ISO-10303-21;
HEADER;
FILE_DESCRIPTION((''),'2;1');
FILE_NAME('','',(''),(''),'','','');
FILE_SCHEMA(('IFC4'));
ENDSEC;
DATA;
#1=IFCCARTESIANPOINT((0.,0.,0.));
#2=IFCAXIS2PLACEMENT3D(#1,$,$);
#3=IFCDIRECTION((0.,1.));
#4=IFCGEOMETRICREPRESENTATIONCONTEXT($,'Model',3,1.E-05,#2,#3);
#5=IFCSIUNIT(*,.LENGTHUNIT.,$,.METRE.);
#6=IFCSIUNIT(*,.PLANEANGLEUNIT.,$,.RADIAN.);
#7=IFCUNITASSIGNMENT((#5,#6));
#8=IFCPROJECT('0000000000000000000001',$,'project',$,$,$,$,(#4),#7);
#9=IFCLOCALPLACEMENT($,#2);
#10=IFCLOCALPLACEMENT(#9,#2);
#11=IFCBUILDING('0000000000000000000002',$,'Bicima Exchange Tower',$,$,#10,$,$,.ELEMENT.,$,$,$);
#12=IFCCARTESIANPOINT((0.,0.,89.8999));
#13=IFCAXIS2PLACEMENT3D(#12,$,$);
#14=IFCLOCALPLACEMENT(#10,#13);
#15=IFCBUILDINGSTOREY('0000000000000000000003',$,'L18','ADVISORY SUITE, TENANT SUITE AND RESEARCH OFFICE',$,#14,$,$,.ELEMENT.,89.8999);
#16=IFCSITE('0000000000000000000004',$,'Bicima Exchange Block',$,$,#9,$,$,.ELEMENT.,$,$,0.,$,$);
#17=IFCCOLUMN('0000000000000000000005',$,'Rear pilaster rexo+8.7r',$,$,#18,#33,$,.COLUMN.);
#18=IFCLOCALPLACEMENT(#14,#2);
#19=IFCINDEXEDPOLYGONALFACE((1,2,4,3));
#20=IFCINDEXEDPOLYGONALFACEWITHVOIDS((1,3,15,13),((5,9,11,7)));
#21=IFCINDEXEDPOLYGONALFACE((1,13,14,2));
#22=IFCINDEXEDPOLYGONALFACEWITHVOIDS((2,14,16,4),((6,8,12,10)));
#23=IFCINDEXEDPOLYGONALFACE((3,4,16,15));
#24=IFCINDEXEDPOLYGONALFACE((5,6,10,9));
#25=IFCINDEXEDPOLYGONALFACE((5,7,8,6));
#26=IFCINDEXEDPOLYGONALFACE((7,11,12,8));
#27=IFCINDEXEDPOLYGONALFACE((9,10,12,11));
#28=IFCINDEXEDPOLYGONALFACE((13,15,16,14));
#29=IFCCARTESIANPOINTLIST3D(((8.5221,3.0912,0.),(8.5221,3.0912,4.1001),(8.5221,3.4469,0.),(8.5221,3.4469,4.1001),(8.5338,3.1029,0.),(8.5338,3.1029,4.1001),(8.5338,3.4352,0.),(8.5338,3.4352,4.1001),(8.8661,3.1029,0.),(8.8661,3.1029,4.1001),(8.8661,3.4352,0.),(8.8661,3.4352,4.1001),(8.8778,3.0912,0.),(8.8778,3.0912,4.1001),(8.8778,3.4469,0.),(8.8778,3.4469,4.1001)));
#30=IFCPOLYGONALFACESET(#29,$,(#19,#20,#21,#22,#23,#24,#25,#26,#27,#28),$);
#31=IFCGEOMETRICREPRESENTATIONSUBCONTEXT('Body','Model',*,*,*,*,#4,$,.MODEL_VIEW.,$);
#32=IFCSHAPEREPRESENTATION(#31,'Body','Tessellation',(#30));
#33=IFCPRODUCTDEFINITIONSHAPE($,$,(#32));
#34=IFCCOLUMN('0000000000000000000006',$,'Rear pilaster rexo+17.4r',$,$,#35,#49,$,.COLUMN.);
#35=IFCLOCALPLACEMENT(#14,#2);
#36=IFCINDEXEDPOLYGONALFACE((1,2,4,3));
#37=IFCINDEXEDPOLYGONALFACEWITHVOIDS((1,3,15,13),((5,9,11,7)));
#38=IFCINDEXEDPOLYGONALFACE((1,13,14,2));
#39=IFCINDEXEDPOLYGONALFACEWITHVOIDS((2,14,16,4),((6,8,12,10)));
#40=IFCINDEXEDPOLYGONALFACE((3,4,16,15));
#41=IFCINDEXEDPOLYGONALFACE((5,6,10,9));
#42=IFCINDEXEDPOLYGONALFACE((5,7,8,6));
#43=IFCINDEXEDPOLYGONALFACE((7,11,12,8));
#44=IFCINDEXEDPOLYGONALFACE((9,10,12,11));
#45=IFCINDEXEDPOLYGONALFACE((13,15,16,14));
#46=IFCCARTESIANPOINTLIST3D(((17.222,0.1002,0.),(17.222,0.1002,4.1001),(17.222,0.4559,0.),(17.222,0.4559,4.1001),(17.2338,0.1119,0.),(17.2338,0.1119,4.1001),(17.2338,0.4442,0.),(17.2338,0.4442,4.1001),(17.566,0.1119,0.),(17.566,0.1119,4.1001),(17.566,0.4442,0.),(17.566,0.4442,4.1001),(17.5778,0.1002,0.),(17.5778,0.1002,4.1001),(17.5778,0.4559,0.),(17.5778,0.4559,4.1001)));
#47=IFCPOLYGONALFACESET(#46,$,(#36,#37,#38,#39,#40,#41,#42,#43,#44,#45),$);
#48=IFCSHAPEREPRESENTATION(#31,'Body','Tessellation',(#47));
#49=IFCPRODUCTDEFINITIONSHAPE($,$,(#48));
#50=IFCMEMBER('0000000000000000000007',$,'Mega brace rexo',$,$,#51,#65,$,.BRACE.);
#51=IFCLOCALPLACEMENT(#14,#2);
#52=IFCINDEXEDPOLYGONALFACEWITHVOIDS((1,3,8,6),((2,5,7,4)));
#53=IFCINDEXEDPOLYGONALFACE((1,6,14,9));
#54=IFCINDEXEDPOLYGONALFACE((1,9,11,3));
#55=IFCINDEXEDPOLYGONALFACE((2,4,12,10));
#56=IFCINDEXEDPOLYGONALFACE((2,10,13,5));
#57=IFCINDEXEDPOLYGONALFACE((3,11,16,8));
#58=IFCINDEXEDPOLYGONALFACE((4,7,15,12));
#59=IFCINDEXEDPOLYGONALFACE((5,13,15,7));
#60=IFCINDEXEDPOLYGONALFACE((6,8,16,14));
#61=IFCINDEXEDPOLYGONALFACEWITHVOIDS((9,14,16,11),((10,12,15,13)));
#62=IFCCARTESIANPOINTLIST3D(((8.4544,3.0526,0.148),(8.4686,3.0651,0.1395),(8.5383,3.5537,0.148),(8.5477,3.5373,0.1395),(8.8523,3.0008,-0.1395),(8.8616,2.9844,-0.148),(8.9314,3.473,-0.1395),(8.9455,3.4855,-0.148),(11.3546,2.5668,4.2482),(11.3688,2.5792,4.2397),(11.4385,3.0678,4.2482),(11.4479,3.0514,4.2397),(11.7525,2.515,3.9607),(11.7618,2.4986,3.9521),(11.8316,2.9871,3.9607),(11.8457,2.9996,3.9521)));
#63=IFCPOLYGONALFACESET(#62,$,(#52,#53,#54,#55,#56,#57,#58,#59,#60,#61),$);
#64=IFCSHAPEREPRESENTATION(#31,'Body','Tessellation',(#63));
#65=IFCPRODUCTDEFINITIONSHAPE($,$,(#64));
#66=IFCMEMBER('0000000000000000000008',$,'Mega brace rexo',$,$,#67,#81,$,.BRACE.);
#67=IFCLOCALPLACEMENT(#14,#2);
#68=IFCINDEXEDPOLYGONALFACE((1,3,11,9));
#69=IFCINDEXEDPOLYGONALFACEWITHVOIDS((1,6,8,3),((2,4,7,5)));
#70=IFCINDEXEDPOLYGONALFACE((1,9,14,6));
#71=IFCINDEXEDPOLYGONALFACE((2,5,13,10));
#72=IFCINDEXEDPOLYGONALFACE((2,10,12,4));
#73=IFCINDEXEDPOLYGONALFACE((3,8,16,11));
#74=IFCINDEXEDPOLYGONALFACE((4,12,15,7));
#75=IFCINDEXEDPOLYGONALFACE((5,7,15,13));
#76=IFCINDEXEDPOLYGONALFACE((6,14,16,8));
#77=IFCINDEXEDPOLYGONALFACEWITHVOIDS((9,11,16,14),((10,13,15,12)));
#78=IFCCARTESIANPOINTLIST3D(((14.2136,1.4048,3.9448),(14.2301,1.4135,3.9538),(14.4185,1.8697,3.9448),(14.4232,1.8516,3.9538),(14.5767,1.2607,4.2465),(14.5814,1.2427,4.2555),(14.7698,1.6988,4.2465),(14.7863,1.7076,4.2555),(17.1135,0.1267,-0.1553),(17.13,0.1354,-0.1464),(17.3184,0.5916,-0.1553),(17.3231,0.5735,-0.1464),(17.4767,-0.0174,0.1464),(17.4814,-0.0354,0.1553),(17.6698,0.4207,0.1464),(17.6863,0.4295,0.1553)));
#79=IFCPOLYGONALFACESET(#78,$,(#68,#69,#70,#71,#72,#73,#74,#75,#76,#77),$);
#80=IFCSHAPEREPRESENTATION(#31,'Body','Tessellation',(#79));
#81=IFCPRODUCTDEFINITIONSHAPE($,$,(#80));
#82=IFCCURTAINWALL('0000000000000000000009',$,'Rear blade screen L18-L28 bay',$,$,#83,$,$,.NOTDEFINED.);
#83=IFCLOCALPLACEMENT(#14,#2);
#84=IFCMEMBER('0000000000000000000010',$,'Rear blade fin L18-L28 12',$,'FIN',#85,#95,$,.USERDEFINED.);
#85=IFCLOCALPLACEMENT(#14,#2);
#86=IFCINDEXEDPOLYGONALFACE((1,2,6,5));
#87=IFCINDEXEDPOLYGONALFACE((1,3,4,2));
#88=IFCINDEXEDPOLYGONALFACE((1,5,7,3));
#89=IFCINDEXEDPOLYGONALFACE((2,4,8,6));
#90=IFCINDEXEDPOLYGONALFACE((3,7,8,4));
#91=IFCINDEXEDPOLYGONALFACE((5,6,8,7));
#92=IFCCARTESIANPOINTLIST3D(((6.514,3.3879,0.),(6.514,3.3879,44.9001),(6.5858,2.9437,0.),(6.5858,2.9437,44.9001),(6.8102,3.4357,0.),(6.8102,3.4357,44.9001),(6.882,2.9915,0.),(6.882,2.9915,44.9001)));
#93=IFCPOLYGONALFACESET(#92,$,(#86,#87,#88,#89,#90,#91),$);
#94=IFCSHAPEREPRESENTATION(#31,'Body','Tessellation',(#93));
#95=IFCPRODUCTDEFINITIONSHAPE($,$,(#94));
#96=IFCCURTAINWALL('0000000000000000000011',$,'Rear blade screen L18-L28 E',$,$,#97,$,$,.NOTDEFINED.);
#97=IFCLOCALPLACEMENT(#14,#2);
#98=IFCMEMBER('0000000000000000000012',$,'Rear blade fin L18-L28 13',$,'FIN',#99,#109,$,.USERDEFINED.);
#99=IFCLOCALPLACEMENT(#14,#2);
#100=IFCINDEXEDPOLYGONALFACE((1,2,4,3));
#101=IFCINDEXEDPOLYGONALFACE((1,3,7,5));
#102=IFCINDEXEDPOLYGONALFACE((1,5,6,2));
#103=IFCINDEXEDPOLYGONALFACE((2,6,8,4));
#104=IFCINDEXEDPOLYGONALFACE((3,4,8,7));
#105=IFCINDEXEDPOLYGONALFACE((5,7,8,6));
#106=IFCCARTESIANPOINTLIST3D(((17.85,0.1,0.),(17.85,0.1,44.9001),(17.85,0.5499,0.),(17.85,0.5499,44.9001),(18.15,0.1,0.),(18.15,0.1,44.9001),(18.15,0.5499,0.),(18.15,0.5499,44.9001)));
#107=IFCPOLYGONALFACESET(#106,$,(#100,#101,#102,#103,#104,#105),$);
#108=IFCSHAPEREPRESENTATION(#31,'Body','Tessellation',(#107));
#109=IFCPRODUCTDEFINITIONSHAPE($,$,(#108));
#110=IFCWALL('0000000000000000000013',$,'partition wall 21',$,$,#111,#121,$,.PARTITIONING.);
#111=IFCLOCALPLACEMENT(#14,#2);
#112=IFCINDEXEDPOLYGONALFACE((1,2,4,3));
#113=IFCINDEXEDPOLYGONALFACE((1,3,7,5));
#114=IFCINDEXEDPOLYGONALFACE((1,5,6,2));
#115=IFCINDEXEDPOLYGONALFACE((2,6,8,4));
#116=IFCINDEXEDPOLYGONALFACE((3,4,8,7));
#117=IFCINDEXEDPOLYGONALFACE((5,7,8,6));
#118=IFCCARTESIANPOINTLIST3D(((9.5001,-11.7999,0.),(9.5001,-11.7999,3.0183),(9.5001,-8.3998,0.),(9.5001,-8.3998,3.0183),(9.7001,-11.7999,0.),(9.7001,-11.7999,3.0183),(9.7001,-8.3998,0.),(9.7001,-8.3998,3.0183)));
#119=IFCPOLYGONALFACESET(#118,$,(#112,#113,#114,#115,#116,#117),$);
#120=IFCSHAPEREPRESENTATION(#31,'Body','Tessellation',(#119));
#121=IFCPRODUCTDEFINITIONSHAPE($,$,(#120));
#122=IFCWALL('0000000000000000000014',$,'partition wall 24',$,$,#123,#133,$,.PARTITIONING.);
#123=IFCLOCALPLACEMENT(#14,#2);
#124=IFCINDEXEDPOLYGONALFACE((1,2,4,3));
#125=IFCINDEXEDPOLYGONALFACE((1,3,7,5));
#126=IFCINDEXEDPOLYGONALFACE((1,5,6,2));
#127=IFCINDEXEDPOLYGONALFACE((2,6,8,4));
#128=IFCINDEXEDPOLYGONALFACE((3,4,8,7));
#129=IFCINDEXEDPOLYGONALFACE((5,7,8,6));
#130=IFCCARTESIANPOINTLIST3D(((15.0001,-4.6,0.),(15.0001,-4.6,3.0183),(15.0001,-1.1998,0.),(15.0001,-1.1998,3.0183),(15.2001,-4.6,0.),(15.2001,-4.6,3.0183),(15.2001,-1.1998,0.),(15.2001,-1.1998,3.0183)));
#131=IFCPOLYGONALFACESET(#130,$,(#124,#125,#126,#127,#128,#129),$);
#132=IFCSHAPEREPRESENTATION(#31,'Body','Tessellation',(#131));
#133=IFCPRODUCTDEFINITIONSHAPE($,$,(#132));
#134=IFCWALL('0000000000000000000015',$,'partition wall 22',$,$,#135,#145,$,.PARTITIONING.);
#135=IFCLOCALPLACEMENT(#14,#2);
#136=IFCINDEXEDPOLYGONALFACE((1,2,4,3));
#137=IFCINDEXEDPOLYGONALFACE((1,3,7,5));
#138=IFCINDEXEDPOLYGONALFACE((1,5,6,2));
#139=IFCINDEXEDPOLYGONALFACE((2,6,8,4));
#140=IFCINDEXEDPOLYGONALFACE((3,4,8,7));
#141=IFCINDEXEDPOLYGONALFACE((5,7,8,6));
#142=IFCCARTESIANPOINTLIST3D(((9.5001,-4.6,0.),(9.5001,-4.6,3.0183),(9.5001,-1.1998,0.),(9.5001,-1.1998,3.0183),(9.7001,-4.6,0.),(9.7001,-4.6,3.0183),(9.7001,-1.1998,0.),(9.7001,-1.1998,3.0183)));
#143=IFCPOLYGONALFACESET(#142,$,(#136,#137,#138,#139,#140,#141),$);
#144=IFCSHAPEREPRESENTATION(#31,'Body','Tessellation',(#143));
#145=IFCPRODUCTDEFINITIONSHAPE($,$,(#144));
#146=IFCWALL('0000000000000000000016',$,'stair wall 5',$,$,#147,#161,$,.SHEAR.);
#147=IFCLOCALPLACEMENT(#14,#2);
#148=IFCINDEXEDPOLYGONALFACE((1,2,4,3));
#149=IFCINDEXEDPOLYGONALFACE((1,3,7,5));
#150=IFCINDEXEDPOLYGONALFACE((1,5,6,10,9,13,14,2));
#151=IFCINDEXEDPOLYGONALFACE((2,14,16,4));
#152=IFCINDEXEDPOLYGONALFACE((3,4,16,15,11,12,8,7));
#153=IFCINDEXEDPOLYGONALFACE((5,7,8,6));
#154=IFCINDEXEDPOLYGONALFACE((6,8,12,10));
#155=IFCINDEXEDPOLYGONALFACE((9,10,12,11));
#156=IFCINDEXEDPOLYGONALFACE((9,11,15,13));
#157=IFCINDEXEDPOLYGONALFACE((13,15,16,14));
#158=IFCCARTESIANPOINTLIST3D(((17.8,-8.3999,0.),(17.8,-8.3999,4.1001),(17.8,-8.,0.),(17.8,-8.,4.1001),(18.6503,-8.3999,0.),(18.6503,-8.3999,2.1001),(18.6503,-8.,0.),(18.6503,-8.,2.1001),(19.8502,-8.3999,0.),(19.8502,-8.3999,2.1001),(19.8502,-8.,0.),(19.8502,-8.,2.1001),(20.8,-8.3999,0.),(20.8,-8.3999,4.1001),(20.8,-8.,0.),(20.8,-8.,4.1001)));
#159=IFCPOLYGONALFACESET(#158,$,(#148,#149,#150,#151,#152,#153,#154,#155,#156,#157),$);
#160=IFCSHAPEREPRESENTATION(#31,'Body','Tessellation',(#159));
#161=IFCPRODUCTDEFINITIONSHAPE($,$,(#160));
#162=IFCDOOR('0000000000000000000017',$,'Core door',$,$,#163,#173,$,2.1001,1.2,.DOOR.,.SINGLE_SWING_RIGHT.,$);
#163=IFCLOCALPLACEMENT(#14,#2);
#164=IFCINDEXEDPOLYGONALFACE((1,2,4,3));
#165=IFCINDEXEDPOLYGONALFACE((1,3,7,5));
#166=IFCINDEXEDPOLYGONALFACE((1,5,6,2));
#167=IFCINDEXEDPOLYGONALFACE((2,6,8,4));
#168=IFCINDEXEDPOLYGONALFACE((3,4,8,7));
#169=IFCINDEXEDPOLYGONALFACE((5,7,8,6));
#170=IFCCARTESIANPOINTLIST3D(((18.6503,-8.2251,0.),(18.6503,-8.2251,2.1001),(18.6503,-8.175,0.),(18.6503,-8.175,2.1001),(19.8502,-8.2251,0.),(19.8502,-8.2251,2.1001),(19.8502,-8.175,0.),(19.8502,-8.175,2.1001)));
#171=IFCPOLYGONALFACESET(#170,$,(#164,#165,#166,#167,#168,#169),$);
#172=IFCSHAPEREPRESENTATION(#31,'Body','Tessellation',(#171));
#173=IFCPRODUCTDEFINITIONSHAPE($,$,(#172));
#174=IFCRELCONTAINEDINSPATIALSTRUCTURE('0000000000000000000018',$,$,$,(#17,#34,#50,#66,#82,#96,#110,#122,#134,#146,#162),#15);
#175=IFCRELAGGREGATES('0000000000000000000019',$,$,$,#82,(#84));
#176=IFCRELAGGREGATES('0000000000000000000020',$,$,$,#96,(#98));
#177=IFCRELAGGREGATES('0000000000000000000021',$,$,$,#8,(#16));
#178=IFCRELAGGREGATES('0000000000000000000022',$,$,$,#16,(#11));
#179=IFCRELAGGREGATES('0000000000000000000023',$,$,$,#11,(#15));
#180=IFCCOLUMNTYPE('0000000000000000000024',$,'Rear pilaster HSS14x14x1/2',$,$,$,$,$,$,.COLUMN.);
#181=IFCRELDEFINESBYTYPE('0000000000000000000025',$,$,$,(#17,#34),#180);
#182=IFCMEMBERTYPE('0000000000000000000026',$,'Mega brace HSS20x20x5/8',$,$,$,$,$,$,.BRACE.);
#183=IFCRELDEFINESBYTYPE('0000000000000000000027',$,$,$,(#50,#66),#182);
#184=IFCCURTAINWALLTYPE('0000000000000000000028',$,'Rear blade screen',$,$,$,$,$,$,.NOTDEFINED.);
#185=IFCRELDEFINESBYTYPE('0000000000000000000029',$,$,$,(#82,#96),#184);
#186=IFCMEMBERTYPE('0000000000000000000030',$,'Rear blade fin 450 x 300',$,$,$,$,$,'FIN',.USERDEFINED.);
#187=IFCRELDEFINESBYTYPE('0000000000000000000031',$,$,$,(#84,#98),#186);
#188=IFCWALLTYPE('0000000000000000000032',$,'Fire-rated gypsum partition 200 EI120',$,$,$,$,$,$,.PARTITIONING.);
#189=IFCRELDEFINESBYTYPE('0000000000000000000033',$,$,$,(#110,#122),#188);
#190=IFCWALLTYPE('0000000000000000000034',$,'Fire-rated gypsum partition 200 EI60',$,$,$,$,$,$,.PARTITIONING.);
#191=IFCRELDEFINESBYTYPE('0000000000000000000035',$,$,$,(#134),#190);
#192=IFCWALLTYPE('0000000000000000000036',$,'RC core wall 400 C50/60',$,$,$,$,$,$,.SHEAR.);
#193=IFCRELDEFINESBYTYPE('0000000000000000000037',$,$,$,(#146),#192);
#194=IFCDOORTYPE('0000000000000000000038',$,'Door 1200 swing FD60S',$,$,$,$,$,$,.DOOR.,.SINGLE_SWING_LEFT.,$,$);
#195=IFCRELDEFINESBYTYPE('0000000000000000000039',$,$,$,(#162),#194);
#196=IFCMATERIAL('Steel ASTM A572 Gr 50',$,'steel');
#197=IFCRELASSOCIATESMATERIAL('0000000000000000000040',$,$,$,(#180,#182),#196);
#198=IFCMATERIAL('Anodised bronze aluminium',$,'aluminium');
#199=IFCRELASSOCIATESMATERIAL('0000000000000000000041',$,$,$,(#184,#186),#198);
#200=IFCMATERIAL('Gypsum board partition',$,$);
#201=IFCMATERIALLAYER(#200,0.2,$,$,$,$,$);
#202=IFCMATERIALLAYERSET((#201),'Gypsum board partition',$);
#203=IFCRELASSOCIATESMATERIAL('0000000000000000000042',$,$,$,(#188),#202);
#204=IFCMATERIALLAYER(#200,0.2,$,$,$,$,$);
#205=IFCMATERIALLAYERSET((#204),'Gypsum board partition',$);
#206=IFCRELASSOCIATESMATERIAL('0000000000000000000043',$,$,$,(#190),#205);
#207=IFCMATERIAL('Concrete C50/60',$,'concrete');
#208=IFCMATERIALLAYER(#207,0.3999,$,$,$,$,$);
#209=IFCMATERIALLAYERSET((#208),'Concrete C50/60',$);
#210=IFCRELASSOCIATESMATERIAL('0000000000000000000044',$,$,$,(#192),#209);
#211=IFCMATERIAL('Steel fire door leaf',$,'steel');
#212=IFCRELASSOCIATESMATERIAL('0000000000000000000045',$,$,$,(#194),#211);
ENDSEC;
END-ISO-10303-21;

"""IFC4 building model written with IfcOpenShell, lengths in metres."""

from ifc_helpers import new_model, si_unit, direction, frame, frame_2d, origin, origin_2d, place, context, subcontext, project, spatial, rectangle, hollow_rectangle, extrude, material, layer, layer_set, material_profile, profile_set, type_object, element, fill, aggregate, save


model = new_model("IFC4")

# Units and contexts
model_context = context("Model", 3, precision=1e-05, world=origin(), true_north=direction((0.0, 1.0)))
body_context = subcontext(model_context, "Body", "Model", "MODEL_VIEW")
ifc_project = project(units=[si_unit("LENGTHUNIT", "METRE"), si_unit("PLANEANGLEUNIT", "RADIAN")], contexts=[model_context])

# Site, building, storey
site_placement = place(None, origin())
site = spatial("IfcSite", under=ifc_project, at=site_placement, Name="Bicima Exchange Block", CompositionType="ELEMENT", RefElevation=0.0)
building_placement = place(site_placement, origin())
building = spatial("IfcBuilding", under=site, at=building_placement, Name="Bicima Exchange Tower", CompositionType="ELEMENT")
storey_placement = place(building_placement, frame((0.0, 0.0, 89.8999)))
storey = spatial("IfcBuildingStorey", under=building, at=storey_placement, Name="L18", Description="ADVISORY SUITE, TENANT SUITE AND RESEARCH OFFICE", CompositionType="ELEMENT", Elevation=89.8999)

# Columns
ifc_material_1 = material(Name="Steel ASTM A572 Gr 50", Category="steel")
ifc_material_profile_1 = material_profile(ifc_material_1, hollow_rectangle(XDim=0.3557, YDim=0.3557, WallThickness=0.0117, at=origin_2d()))
ifc_profile_set_1 = profile_set([ifc_material_profile_1], Name="Steel ASTM A572 Gr 50")
column_type = type_object("IfcColumnType", Name="Rear pilaster HSS14x14x1/2", PredefinedType="COLUMN", material=ifc_profile_set_1)
for number, where, z_axis, x_axis, name in (
    (1, (8.7, 3.269, 0.0), (0.0, 0.0, 1.0), (1.0, 0.0, 0.0), "Rear pilaster rexo+8.7r"),
    (2, (17.3999, 0.2781, 0.0), (0.0, 0.0, 1.0), (1.0, 0.0, 0.0), "Rear pilaster rexo+17.4r"),
):
    element("IfcColumn", number, at=place(storey_placement, frame(where, z_axis=z_axis, x_axis=x_axis)), inside=storey, type_object=column_type, Name=name, PredefinedType="COLUMN", context=body_context, shape_type="SweptSolid", body=[
        extrude(hollow_rectangle(XDim=0.3557, YDim=0.3557, WallThickness=0.0117, at=origin_2d()), origin(), (0.0, 0.0, 1.0), 4.1001),
    ])

# Members
ifc_material_profile_2 = material_profile(ifc_material_1, hollow_rectangle(XDim=0.5081, YDim=0.5081, WallThickness=0.0146, at=origin_2d()))
ifc_profile_set_2 = profile_set([ifc_material_profile_2], Name="Steel ASTM A572 Gr 50")
member_type_1 = type_object("IfcMemberType", Name="Mega brace HSS20x20x5/8", PredefinedType="BRACE", material=ifc_profile_set_2)
member_1_placement = place(storey_placement, frame((8.7, 3.269, 0.0), z_axis=(0.574792, -0.096291, 0.812615), x_axis=(0.16522, 0.986257, 0.0)))
element("IfcMember", 3, at=member_1_placement, inside=storey, type_object=member_type_1, Name="Mega brace rexo", PredefinedType="BRACE", context=body_context, shape_type="SweptSolid", body=[
    extrude(hollow_rectangle(XDim=0.5081, YDim=0.5081, WallThickness=0.0146, at=origin_2d()), origin(), (0.0, 0.0, 1.0), 5.0457),
])
member_2_placement = place(storey_placement, frame((17.3999, 0.2781, 0.0), z_axis=(-0.559605, 0.246635, 0.79121), x_axis=(-0.403299, -0.915068, 0.0)))
element("IfcMember", 4, at=member_2_placement, inside=storey, type_object=member_type_1, Name="Mega brace rexo", PredefinedType="BRACE", context=body_context, shape_type="SweptSolid", body=[
    extrude(hollow_rectangle(XDim=0.5081, YDim=0.5081, WallThickness=0.0146, at=origin_2d()), origin(), (0.0, 0.0, 1.0), 5.1821),
])

# Curtain walls, members
ifc_material_2 = material(Name="Anodised bronze aluminium", Category="aluminium")
curtain_wall_type = type_object("IfcCurtainWallType", Name="Rear blade screen", PredefinedType="NOTDEFINED", material=ifc_material_2)
curtain_wall_1_placement = place(storey_placement, origin())
curtain_wall_1 = element("IfcCurtainWall", 5, at=curtain_wall_1_placement, inside=storey, type_object=curtain_wall_type, Name="Rear blade screen L18-L28 bay", PredefinedType="NOTDEFINED")
ifc_material_profile_3 = material_profile(ifc_material_2, rectangle(XDim=0.45, YDim=0.3, at=origin_2d()))
ifc_profile_set_3 = profile_set([ifc_material_profile_3], Name="Anodised bronze aluminium")
member_type_2 = type_object("IfcMemberType", Name="Rear blade fin 450 x 300", ElementType="FIN", PredefinedType="USERDEFINED", material=ifc_profile_set_3)
member_3_placement = place(storey_placement, frame((6.698, 3.1897, 0.0), z_axis=(0.0, 0.0, 1.0), x_axis=(-0.159549, 0.98719, 0.0)))
member_3 = element("IfcMember", 6, at=member_3_placement, type_object=member_type_2, Name="Rear blade fin L18-L28 12", ObjectType="FIN", PredefinedType="USERDEFINED", context=body_context, shape_type="SweptSolid", body=[
    extrude(rectangle(XDim=0.45, YDim=0.3, at=origin_2d()), origin(), (0.0, 0.0, 1.0), 44.9001),
])
aggregate(curtain_wall_1, [member_3])
curtain_wall_2_placement = place(storey_placement, origin())
curtain_wall_2 = element("IfcCurtainWall", 7, at=curtain_wall_2_placement, inside=storey, type_object=curtain_wall_type, Name="Rear blade screen L18-L28 E", PredefinedType="NOTDEFINED")
member_4_placement = place(storey_placement, frame((18.0, 0.325, 0.0), z_axis=(0.0, 0.0, 1.0), x_axis=(0.0, 1.0, 0.0)))
member_4 = element("IfcMember", 8, at=member_4_placement, type_object=member_type_2, Name="Rear blade fin L18-L28 13", ObjectType="FIN", PredefinedType="USERDEFINED", context=body_context, shape_type="SweptSolid", body=[
    extrude(rectangle(XDim=0.45, YDim=0.3, at=origin_2d()), origin(), (0.0, 0.0, 1.0), 44.9001),
])
aggregate(curtain_wall_2, [member_4])

# Walls
ifc_material_3 = material(Name="Gypsum board partition")
ifc_layer_1 = layer(ifc_material_3, 0.2)
ifc_layer_set_1 = layer_set([ifc_layer_1], Name="Gypsum board partition")
wall_type_1 = type_object("IfcWallType", Name="Fire-rated gypsum partition 200 EI120", PredefinedType="PARTITIONING", material=ifc_layer_set_1)
for number, where, z_axis, x_axis, name in (
    (9, (9.6001, -11.8, 0.0), (0.0, 0.0, 1.0), (0.0, 1.0, 0.0), "partition wall 21"),
    (10, (15.1001, -4.6001, 0.0), (0.0, 0.0, 1.0), (0.0, 1.0, 0.0), "partition wall 24"),
):
    element("IfcWall", number, at=place(storey_placement, frame(where, z_axis=z_axis, x_axis=x_axis)), inside=storey, type_object=wall_type_1, Name=name, PredefinedType="PARTITIONING", context=body_context, shape_type="SweptSolid", body=[
        extrude(rectangle(XDim=3.4001, YDim=0.2, at=frame_2d((1.7002, 0.0))), origin(), (0.0, 0.0, 1.0), 3.0183),
    ])
ifc_layer_2 = layer(ifc_material_3, 0.2)
ifc_layer_set_2 = layer_set([ifc_layer_2], Name="Gypsum board partition")
wall_type_2 = type_object("IfcWallType", Name="Fire-rated gypsum partition 200 EI60", PredefinedType="PARTITIONING", material=ifc_layer_set_2)
wall_1_placement = place(storey_placement, frame((9.6001, -4.6001, 0.0), z_axis=(0.0, 0.0, 1.0), x_axis=(0.0, 1.0, 0.0)))
element("IfcWall", 11, at=wall_1_placement, inside=storey, type_object=wall_type_2, Name="partition wall 22", PredefinedType="PARTITIONING", context=body_context, shape_type="SweptSolid", body=[
    extrude(rectangle(XDim=3.4001, YDim=0.2, at=frame_2d((1.7002, 0.0))), origin(), (0.0, 0.0, 1.0), 3.0183),
])

# Wall, opening, door
ifc_material_4 = material(Name="Concrete C50/60", Category="concrete")
ifc_layer_3 = layer(ifc_material_4, 0.3999)
ifc_layer_set_3 = layer_set([ifc_layer_3], Name="Concrete C50/60")
wall_type_3 = type_object("IfcWallType", Name="RC core wall 400 C50/60", PredefinedType="SHEAR", material=ifc_layer_set_3)
wall_2_placement = place(storey_placement, frame((17.8, -8.2, 0.0), z_axis=(0.0, 0.0, 1.0), x_axis=(1.0, 0.0, 0.0)))
wall_2 = element("IfcWall", 12, at=wall_2_placement, inside=storey, type_object=wall_type_3, Name="stair wall 5", PredefinedType="SHEAR", context=body_context, shape_type="SweptSolid", body=[
    extrude(rectangle(XDim=3.0, YDim=0.3999, at=frame_2d((1.5, 0.0))), origin(), (0.0, 0.0, 1.0), 4.1001),
])
opening_1_placement = place(wall_2_placement, frame((0.8501, 0.0, 0.0)))
opening_1 = element("IfcOpeningElement", 13, at=opening_1_placement, cuts=wall_2, PredefinedType="OPENING", context=body_context, shape_type="SweptSolid", body=[
    extrude(rectangle(XDim=1.2, YDim=2.1001, at=frame_2d((0.6001, 1.05))), frame((0.0, 0.2119, 0.0), z_axis=(0.0, -1.0, 0.0), x_axis=(1.0, 0.0, 0.0)), (0.0, 0.0, 1.0), 0.4238),
])
ifc_material_5 = material(Name="Steel fire door leaf", Category="steel")
door_type_1 = type_object("IfcDoorType", Name="Door 1200 swing FD60S", OperationType="SINGLE_SWING_LEFT", PredefinedType="DOOR", material=ifc_material_5)
door_1_placement = place(opening_1_placement, origin())
door_1 = element("IfcDoor", 14, at=door_1_placement, inside=storey, type_object=door_type_1, Name="Core door", OperationType="SINGLE_SWING_RIGHT", OverallHeight=2.1001, OverallWidth=1.2, PredefinedType="DOOR", context=body_context, shape_type="SweptSolid", body=[
    extrude(rectangle(XDim=1.2, YDim=2.1001, at=frame_2d((0.6001, 1.05))), frame((0.0, 0.0249, 0.0), z_axis=(0.0, -1.0, 0.0), x_axis=(1.0, 0.0, 0.0)), (0.0, 0.0, 1.0), 0.05),
])
fill(opening_1, door_1)

save(model, "model.ifc")
